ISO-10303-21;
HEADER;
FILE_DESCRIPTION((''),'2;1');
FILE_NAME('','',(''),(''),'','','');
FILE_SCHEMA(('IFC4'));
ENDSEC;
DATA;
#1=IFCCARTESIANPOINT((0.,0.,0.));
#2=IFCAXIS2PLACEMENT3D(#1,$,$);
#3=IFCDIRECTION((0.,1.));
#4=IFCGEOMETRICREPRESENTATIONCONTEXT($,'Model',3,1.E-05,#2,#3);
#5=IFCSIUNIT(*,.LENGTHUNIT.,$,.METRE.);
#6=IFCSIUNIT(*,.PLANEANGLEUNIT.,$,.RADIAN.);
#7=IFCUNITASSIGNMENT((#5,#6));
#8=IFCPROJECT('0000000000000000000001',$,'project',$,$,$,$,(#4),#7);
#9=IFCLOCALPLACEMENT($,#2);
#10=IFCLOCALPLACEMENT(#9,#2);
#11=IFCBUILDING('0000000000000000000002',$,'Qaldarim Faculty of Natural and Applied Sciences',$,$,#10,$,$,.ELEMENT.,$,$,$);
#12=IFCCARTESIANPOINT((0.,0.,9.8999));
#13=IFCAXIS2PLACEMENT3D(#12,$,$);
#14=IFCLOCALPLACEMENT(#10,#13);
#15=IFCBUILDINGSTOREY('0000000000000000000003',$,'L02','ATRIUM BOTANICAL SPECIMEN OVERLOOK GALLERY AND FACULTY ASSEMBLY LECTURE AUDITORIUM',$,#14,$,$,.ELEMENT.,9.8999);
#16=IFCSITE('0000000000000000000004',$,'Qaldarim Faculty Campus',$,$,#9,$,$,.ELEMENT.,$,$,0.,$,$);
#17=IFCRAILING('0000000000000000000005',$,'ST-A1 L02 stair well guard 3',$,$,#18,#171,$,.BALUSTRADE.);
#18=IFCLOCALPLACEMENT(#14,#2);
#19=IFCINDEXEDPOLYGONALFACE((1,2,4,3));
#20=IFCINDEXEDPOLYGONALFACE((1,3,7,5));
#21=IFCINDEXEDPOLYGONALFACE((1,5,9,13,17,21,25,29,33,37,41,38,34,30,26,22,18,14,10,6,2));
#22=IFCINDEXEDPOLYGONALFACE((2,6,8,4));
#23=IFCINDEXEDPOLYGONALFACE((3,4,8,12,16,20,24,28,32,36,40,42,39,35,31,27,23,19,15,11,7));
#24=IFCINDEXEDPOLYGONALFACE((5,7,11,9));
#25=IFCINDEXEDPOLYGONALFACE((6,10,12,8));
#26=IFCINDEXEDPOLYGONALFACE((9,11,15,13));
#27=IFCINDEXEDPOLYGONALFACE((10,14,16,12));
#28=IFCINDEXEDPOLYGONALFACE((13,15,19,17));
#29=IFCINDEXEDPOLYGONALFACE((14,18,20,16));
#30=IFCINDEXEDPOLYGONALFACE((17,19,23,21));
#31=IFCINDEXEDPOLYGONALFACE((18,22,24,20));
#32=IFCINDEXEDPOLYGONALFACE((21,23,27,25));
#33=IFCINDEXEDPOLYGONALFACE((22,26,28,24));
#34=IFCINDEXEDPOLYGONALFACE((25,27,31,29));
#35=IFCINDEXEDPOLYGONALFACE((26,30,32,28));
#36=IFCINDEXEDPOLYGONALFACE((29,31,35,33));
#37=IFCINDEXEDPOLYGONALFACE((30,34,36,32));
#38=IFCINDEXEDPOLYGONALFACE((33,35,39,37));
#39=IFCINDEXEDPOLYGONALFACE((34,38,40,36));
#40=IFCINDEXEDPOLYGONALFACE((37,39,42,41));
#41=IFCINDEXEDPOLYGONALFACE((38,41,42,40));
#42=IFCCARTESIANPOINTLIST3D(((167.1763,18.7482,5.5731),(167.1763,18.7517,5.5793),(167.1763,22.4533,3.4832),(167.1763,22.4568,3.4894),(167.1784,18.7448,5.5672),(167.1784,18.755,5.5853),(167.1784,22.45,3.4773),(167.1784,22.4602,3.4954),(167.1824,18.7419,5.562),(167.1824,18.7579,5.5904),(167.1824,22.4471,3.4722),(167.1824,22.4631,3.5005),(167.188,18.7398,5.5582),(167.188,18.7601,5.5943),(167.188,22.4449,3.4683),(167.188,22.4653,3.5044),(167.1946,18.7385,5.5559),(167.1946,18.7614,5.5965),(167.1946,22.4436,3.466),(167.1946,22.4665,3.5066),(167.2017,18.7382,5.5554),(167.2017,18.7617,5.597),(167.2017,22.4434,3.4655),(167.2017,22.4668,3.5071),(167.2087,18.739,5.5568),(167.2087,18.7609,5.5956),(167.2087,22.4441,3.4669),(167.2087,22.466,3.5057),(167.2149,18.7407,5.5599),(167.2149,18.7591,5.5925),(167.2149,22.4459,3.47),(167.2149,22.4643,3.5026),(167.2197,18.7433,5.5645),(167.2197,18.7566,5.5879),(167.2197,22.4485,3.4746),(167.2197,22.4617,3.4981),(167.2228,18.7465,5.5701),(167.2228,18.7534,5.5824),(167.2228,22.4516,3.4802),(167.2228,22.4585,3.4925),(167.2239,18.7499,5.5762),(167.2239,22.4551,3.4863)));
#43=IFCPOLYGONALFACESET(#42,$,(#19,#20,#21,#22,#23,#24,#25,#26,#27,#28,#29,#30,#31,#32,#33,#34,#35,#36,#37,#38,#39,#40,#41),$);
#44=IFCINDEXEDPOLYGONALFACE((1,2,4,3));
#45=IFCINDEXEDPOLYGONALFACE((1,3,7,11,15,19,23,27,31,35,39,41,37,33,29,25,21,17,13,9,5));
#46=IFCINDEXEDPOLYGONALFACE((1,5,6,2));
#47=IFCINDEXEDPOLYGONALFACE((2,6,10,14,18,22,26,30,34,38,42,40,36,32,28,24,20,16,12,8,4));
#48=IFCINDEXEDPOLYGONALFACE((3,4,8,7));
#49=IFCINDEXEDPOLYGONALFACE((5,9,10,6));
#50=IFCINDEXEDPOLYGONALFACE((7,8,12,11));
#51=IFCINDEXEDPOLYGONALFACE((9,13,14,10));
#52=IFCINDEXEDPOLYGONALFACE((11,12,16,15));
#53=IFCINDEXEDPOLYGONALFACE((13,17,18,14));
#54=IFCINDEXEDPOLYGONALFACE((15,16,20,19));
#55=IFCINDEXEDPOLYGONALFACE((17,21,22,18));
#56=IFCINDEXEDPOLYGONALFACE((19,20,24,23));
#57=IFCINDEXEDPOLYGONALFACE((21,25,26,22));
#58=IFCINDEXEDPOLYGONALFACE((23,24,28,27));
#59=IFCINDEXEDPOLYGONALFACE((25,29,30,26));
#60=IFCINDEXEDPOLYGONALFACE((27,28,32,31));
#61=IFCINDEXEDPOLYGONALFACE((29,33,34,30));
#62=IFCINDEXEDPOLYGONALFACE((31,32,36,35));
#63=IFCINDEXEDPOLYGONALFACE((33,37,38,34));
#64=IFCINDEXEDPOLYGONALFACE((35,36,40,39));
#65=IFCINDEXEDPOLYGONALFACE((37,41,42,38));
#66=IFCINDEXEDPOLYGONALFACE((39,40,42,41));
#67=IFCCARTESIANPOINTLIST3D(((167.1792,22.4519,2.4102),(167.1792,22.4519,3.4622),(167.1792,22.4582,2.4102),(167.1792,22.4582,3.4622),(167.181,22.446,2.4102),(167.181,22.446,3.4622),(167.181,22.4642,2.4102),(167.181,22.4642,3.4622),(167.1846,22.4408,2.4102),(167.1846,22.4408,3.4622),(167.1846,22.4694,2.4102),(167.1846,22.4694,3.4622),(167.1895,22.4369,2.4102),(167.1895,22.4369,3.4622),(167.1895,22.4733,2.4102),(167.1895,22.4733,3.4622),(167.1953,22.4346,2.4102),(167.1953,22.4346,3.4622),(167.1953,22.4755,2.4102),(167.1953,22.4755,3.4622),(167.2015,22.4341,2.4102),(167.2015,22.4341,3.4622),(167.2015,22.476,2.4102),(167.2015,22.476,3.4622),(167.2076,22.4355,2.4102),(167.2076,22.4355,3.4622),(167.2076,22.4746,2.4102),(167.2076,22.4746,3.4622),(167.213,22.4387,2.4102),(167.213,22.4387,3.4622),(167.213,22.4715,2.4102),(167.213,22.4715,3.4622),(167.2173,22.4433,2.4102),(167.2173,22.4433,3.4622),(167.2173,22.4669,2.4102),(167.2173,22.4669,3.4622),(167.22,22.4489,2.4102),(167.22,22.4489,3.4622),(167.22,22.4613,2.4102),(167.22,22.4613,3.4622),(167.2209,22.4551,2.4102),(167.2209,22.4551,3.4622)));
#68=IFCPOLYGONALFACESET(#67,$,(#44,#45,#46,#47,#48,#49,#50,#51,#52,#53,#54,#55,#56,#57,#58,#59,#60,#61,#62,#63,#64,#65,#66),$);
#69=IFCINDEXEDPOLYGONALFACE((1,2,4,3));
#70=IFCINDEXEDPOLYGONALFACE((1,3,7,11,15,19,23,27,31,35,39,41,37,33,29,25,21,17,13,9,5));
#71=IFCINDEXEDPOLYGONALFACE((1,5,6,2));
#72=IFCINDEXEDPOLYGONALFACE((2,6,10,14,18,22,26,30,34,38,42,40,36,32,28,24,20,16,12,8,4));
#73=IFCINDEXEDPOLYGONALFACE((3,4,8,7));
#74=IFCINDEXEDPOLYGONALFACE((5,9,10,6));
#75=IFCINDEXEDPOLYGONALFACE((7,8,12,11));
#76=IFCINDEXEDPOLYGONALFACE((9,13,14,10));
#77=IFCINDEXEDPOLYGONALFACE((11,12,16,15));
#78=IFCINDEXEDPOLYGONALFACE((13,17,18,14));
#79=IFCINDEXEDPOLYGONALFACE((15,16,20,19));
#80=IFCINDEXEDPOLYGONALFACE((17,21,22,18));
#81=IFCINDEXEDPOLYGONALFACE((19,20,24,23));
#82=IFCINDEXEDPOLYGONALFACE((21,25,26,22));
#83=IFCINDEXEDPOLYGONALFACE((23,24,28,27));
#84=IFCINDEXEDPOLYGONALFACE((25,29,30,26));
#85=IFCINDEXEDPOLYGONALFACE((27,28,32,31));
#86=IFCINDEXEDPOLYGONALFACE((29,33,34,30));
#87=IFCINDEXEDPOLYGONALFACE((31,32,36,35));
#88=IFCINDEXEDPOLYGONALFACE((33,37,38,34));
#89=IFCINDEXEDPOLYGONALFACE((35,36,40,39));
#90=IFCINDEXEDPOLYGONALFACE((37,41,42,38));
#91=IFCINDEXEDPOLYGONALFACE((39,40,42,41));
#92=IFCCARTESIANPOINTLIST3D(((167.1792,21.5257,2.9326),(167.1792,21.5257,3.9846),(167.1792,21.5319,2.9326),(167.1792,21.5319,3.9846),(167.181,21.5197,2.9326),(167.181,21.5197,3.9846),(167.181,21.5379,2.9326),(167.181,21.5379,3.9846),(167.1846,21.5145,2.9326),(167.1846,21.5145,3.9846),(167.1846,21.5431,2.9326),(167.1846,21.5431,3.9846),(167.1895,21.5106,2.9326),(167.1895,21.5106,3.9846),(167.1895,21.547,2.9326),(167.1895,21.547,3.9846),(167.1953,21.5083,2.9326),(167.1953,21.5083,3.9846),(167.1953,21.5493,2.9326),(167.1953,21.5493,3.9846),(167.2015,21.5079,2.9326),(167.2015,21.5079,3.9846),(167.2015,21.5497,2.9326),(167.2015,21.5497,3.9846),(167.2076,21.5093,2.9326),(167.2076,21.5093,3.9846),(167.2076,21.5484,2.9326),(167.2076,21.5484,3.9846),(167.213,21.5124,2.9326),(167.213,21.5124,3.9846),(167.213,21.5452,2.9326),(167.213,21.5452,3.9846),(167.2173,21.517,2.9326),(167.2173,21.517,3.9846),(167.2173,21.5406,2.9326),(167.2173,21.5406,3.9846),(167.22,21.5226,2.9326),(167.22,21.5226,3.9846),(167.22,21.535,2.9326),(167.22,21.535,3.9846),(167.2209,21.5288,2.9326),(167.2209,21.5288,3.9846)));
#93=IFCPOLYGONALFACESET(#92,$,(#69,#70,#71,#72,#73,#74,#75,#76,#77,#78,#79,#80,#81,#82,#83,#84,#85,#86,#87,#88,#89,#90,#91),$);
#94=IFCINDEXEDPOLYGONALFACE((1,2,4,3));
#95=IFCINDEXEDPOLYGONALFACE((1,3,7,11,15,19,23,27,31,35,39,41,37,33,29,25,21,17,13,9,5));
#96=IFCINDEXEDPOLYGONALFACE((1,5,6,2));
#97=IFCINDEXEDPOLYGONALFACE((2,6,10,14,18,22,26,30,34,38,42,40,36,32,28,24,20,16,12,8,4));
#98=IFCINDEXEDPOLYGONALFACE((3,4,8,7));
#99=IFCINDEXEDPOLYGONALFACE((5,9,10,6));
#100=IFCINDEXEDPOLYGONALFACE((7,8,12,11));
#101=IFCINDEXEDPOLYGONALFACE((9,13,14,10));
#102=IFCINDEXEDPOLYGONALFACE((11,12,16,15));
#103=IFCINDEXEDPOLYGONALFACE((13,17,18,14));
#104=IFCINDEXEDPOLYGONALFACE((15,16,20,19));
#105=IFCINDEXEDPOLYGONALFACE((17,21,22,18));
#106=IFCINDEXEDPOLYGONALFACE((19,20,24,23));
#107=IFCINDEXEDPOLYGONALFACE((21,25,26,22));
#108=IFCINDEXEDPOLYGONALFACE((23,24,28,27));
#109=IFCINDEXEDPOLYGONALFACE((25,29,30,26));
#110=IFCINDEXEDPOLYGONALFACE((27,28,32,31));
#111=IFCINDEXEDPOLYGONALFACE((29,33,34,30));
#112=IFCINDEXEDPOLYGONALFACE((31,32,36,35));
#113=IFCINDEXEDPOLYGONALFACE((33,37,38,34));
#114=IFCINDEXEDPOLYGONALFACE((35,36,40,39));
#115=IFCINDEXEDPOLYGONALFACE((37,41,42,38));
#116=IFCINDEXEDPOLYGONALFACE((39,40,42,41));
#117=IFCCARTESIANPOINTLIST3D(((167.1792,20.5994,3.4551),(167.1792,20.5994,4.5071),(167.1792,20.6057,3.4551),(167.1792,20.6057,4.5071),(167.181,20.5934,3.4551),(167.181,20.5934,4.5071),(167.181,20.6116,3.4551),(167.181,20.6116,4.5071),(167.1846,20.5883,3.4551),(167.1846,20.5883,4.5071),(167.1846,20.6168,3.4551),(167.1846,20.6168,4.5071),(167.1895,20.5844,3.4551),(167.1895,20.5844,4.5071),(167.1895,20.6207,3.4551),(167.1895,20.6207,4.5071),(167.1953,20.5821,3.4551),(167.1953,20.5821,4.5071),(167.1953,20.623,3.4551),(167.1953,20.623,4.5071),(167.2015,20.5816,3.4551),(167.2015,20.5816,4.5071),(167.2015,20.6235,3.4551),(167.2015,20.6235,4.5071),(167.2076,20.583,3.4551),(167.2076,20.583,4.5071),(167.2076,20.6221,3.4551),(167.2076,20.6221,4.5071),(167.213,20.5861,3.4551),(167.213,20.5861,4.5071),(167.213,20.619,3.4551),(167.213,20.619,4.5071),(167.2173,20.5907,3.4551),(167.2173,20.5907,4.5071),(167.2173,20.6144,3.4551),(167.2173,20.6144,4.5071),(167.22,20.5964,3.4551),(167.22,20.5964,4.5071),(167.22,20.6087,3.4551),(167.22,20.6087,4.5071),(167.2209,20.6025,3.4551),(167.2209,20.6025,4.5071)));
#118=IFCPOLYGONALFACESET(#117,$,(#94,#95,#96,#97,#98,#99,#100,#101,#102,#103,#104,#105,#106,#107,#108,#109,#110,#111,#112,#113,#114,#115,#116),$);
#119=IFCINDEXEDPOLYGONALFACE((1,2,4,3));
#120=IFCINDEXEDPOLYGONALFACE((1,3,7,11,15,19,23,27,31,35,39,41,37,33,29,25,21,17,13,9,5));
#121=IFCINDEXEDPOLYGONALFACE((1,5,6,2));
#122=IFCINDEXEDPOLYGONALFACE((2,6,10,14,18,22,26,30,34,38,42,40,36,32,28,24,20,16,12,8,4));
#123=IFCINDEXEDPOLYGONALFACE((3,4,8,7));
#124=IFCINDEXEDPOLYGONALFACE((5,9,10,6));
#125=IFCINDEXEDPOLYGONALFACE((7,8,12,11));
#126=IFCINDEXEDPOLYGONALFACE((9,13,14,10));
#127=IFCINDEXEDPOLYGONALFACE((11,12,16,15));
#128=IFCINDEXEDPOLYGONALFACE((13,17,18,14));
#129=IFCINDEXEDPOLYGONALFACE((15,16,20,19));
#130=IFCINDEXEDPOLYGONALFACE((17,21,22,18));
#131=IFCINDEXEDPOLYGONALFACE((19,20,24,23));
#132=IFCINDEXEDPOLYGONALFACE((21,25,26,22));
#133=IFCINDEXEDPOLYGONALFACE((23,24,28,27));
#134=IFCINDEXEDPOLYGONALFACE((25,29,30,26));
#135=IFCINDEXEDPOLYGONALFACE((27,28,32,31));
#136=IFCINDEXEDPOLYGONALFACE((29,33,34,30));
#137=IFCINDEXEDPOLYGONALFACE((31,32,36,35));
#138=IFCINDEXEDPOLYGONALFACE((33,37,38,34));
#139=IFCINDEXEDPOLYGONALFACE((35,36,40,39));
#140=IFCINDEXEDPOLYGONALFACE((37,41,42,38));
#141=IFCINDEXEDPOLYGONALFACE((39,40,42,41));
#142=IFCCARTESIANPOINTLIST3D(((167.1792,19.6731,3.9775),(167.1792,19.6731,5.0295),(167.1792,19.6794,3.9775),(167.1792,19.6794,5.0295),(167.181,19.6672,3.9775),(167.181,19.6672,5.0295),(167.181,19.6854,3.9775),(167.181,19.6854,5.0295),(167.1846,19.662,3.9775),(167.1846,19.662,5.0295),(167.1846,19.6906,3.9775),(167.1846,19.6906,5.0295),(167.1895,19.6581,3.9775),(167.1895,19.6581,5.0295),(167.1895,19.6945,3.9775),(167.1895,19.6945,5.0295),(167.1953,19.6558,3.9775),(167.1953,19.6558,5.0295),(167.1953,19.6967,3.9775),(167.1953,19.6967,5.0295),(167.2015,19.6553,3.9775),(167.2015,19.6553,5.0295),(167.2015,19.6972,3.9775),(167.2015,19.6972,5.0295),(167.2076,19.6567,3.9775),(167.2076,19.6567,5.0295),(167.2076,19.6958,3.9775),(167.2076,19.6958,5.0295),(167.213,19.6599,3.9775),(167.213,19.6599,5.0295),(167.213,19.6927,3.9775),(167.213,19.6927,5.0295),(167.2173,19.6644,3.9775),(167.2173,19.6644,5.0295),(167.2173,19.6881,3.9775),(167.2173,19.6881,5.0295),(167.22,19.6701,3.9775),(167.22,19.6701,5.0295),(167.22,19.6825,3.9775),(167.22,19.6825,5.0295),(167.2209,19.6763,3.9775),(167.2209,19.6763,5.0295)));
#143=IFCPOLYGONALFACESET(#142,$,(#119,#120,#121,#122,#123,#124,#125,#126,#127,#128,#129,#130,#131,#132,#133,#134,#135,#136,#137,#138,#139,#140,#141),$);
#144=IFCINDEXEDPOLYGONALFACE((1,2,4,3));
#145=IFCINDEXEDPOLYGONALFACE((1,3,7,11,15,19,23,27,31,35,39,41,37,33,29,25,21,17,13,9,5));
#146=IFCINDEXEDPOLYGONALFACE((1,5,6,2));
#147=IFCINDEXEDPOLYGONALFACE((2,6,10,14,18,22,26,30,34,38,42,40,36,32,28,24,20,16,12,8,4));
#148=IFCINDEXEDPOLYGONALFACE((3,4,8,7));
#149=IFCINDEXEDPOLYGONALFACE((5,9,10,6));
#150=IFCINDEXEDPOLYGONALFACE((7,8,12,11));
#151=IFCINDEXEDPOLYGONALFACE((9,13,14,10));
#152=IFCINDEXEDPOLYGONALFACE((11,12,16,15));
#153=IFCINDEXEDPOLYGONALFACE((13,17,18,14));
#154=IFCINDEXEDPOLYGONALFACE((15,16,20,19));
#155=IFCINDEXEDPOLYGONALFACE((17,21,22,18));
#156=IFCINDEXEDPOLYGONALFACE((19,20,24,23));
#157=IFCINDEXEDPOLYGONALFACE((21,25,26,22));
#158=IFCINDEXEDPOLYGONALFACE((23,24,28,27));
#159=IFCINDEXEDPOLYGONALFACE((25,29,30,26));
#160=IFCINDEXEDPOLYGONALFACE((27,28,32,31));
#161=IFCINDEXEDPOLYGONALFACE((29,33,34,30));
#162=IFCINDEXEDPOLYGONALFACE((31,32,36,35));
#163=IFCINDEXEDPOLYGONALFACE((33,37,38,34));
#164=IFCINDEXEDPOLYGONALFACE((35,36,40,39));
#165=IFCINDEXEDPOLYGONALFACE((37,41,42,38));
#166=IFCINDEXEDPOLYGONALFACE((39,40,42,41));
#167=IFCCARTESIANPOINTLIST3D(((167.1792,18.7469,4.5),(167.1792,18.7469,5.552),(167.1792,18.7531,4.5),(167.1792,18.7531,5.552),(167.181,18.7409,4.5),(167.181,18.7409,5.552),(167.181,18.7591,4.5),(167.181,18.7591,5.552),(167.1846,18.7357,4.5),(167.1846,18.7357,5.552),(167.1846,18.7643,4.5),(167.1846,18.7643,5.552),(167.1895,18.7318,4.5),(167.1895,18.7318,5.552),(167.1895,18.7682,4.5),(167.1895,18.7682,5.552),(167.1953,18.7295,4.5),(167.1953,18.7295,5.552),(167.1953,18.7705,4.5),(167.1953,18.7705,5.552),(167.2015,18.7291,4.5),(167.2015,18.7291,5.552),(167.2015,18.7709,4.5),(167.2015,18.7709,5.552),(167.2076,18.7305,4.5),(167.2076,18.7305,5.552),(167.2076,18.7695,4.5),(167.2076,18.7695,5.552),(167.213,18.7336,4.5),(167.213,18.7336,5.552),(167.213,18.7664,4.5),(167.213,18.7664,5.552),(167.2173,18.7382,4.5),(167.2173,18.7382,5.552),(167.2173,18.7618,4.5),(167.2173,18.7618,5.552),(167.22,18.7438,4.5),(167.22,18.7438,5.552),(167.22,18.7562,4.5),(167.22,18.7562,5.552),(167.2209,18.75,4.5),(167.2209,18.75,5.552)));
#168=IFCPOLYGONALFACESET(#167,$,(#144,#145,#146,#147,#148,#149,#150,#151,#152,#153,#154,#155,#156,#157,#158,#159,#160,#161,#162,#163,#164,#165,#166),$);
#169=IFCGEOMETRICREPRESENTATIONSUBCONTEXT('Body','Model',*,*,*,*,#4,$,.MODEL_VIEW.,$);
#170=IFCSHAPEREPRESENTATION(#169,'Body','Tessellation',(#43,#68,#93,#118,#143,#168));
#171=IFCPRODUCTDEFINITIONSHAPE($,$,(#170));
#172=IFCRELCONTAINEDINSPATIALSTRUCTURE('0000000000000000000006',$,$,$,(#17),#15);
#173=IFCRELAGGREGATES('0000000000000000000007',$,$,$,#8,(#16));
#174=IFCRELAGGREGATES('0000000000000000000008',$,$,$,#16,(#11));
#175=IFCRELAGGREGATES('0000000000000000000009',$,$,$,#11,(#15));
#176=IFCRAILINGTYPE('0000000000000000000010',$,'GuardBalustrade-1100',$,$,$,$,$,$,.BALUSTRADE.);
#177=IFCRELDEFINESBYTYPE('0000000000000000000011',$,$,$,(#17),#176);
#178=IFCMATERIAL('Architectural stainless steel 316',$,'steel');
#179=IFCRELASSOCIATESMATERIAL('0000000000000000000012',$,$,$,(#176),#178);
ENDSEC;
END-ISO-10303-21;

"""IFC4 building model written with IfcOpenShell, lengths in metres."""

from ifc_helpers import new_model, si_unit, direction, frame, origin, origin_2d, place, context, subcontext, project, spatial, circle, extrude, material, type_object, element, save


model = new_model("IFC4")

# Units and contexts
model_context = context("Model", 3, precision=1e-05, world=origin(), true_north=direction((0.0, 1.0)))
body_context = subcontext(model_context, "Body", "Model", "MODEL_VIEW")
ifc_project = project(units=[si_unit("LENGTHUNIT", "METRE"), si_unit("PLANEANGLEUNIT", "RADIAN")], contexts=[model_context])

# Site, building, storey
site_placement = place(None, origin())
site = spatial("IfcSite", under=ifc_project, at=site_placement, Name="Qaldarim Faculty Campus", CompositionType="ELEMENT", RefElevation=0.0)
building_placement = place(site_placement, origin())
building = spatial("IfcBuilding", under=site, at=building_placement, Name="Qaldarim Faculty of Natural and Applied Sciences", CompositionType="ELEMENT")
storey_placement = place(building_placement, frame((0.0, 0.0, 9.8999)))
storey = spatial("IfcBuildingStorey", under=building, at=storey_placement, Name="L02", Description="ATRIUM BOTANICAL SPECIMEN OVERLOOK GALLERY AND FACULTY ASSEMBLY LECTURE AUDITORIUM", CompositionType="ELEMENT", Elevation=9.8999)

# Railing
ifc_material_1 = material(Name="Architectural stainless steel 316", Category="steel")
railing_type_1 = type_object("IfcRailingType", Name="GuardBalustrade-1100", PredefinedType="BALUSTRADE", material=ifc_material_1)
railing_1_placement = place(storey_placement, frame((167.2, 22.4551, 2.4102)))
element("IfcRailing", 1, at=railing_1_placement, inside=storey, type_object=railing_type_1, Name="ST-A1 L02 stair well guard 3", PredefinedType="BALUSTRADE", context=body_context, shape_type="SweptSolid", body=[
    extrude(circle(Radius=0.0239, at=origin_2d()), frame((0.0, 0.0, 1.0762), z_axis=(0.0, -0.870999, 0.491285), x_axis=(1.0, 0.0, 0.0)), (0.0, 0.0, 1.0), 4.2539),
    extrude(circle(Radius=0.021, at=origin_2d()), origin(), (0.0, 0.0, 1.0), 1.052),
    extrude(circle(Radius=0.021, at=origin_2d()), frame((0.0, -0.9263, 0.5225)), (0.0, 0.0, 1.0), 1.052),
    extrude(circle(Radius=0.021, at=origin_2d()), frame((0.0, -1.8525, 1.0449)), (0.0, 0.0, 1.0), 1.052),
    extrude(circle(Radius=0.021, at=origin_2d()), frame((0.0, -2.7788, 1.5674)), (0.0, 0.0, 1.0), 1.052),
    extrude(circle(Radius=0.021, at=origin_2d()), frame((0.0, -3.7051, 2.0898)), (0.0, 0.0, 1.0), 1.052),
])

save(model, "model.ifc")
